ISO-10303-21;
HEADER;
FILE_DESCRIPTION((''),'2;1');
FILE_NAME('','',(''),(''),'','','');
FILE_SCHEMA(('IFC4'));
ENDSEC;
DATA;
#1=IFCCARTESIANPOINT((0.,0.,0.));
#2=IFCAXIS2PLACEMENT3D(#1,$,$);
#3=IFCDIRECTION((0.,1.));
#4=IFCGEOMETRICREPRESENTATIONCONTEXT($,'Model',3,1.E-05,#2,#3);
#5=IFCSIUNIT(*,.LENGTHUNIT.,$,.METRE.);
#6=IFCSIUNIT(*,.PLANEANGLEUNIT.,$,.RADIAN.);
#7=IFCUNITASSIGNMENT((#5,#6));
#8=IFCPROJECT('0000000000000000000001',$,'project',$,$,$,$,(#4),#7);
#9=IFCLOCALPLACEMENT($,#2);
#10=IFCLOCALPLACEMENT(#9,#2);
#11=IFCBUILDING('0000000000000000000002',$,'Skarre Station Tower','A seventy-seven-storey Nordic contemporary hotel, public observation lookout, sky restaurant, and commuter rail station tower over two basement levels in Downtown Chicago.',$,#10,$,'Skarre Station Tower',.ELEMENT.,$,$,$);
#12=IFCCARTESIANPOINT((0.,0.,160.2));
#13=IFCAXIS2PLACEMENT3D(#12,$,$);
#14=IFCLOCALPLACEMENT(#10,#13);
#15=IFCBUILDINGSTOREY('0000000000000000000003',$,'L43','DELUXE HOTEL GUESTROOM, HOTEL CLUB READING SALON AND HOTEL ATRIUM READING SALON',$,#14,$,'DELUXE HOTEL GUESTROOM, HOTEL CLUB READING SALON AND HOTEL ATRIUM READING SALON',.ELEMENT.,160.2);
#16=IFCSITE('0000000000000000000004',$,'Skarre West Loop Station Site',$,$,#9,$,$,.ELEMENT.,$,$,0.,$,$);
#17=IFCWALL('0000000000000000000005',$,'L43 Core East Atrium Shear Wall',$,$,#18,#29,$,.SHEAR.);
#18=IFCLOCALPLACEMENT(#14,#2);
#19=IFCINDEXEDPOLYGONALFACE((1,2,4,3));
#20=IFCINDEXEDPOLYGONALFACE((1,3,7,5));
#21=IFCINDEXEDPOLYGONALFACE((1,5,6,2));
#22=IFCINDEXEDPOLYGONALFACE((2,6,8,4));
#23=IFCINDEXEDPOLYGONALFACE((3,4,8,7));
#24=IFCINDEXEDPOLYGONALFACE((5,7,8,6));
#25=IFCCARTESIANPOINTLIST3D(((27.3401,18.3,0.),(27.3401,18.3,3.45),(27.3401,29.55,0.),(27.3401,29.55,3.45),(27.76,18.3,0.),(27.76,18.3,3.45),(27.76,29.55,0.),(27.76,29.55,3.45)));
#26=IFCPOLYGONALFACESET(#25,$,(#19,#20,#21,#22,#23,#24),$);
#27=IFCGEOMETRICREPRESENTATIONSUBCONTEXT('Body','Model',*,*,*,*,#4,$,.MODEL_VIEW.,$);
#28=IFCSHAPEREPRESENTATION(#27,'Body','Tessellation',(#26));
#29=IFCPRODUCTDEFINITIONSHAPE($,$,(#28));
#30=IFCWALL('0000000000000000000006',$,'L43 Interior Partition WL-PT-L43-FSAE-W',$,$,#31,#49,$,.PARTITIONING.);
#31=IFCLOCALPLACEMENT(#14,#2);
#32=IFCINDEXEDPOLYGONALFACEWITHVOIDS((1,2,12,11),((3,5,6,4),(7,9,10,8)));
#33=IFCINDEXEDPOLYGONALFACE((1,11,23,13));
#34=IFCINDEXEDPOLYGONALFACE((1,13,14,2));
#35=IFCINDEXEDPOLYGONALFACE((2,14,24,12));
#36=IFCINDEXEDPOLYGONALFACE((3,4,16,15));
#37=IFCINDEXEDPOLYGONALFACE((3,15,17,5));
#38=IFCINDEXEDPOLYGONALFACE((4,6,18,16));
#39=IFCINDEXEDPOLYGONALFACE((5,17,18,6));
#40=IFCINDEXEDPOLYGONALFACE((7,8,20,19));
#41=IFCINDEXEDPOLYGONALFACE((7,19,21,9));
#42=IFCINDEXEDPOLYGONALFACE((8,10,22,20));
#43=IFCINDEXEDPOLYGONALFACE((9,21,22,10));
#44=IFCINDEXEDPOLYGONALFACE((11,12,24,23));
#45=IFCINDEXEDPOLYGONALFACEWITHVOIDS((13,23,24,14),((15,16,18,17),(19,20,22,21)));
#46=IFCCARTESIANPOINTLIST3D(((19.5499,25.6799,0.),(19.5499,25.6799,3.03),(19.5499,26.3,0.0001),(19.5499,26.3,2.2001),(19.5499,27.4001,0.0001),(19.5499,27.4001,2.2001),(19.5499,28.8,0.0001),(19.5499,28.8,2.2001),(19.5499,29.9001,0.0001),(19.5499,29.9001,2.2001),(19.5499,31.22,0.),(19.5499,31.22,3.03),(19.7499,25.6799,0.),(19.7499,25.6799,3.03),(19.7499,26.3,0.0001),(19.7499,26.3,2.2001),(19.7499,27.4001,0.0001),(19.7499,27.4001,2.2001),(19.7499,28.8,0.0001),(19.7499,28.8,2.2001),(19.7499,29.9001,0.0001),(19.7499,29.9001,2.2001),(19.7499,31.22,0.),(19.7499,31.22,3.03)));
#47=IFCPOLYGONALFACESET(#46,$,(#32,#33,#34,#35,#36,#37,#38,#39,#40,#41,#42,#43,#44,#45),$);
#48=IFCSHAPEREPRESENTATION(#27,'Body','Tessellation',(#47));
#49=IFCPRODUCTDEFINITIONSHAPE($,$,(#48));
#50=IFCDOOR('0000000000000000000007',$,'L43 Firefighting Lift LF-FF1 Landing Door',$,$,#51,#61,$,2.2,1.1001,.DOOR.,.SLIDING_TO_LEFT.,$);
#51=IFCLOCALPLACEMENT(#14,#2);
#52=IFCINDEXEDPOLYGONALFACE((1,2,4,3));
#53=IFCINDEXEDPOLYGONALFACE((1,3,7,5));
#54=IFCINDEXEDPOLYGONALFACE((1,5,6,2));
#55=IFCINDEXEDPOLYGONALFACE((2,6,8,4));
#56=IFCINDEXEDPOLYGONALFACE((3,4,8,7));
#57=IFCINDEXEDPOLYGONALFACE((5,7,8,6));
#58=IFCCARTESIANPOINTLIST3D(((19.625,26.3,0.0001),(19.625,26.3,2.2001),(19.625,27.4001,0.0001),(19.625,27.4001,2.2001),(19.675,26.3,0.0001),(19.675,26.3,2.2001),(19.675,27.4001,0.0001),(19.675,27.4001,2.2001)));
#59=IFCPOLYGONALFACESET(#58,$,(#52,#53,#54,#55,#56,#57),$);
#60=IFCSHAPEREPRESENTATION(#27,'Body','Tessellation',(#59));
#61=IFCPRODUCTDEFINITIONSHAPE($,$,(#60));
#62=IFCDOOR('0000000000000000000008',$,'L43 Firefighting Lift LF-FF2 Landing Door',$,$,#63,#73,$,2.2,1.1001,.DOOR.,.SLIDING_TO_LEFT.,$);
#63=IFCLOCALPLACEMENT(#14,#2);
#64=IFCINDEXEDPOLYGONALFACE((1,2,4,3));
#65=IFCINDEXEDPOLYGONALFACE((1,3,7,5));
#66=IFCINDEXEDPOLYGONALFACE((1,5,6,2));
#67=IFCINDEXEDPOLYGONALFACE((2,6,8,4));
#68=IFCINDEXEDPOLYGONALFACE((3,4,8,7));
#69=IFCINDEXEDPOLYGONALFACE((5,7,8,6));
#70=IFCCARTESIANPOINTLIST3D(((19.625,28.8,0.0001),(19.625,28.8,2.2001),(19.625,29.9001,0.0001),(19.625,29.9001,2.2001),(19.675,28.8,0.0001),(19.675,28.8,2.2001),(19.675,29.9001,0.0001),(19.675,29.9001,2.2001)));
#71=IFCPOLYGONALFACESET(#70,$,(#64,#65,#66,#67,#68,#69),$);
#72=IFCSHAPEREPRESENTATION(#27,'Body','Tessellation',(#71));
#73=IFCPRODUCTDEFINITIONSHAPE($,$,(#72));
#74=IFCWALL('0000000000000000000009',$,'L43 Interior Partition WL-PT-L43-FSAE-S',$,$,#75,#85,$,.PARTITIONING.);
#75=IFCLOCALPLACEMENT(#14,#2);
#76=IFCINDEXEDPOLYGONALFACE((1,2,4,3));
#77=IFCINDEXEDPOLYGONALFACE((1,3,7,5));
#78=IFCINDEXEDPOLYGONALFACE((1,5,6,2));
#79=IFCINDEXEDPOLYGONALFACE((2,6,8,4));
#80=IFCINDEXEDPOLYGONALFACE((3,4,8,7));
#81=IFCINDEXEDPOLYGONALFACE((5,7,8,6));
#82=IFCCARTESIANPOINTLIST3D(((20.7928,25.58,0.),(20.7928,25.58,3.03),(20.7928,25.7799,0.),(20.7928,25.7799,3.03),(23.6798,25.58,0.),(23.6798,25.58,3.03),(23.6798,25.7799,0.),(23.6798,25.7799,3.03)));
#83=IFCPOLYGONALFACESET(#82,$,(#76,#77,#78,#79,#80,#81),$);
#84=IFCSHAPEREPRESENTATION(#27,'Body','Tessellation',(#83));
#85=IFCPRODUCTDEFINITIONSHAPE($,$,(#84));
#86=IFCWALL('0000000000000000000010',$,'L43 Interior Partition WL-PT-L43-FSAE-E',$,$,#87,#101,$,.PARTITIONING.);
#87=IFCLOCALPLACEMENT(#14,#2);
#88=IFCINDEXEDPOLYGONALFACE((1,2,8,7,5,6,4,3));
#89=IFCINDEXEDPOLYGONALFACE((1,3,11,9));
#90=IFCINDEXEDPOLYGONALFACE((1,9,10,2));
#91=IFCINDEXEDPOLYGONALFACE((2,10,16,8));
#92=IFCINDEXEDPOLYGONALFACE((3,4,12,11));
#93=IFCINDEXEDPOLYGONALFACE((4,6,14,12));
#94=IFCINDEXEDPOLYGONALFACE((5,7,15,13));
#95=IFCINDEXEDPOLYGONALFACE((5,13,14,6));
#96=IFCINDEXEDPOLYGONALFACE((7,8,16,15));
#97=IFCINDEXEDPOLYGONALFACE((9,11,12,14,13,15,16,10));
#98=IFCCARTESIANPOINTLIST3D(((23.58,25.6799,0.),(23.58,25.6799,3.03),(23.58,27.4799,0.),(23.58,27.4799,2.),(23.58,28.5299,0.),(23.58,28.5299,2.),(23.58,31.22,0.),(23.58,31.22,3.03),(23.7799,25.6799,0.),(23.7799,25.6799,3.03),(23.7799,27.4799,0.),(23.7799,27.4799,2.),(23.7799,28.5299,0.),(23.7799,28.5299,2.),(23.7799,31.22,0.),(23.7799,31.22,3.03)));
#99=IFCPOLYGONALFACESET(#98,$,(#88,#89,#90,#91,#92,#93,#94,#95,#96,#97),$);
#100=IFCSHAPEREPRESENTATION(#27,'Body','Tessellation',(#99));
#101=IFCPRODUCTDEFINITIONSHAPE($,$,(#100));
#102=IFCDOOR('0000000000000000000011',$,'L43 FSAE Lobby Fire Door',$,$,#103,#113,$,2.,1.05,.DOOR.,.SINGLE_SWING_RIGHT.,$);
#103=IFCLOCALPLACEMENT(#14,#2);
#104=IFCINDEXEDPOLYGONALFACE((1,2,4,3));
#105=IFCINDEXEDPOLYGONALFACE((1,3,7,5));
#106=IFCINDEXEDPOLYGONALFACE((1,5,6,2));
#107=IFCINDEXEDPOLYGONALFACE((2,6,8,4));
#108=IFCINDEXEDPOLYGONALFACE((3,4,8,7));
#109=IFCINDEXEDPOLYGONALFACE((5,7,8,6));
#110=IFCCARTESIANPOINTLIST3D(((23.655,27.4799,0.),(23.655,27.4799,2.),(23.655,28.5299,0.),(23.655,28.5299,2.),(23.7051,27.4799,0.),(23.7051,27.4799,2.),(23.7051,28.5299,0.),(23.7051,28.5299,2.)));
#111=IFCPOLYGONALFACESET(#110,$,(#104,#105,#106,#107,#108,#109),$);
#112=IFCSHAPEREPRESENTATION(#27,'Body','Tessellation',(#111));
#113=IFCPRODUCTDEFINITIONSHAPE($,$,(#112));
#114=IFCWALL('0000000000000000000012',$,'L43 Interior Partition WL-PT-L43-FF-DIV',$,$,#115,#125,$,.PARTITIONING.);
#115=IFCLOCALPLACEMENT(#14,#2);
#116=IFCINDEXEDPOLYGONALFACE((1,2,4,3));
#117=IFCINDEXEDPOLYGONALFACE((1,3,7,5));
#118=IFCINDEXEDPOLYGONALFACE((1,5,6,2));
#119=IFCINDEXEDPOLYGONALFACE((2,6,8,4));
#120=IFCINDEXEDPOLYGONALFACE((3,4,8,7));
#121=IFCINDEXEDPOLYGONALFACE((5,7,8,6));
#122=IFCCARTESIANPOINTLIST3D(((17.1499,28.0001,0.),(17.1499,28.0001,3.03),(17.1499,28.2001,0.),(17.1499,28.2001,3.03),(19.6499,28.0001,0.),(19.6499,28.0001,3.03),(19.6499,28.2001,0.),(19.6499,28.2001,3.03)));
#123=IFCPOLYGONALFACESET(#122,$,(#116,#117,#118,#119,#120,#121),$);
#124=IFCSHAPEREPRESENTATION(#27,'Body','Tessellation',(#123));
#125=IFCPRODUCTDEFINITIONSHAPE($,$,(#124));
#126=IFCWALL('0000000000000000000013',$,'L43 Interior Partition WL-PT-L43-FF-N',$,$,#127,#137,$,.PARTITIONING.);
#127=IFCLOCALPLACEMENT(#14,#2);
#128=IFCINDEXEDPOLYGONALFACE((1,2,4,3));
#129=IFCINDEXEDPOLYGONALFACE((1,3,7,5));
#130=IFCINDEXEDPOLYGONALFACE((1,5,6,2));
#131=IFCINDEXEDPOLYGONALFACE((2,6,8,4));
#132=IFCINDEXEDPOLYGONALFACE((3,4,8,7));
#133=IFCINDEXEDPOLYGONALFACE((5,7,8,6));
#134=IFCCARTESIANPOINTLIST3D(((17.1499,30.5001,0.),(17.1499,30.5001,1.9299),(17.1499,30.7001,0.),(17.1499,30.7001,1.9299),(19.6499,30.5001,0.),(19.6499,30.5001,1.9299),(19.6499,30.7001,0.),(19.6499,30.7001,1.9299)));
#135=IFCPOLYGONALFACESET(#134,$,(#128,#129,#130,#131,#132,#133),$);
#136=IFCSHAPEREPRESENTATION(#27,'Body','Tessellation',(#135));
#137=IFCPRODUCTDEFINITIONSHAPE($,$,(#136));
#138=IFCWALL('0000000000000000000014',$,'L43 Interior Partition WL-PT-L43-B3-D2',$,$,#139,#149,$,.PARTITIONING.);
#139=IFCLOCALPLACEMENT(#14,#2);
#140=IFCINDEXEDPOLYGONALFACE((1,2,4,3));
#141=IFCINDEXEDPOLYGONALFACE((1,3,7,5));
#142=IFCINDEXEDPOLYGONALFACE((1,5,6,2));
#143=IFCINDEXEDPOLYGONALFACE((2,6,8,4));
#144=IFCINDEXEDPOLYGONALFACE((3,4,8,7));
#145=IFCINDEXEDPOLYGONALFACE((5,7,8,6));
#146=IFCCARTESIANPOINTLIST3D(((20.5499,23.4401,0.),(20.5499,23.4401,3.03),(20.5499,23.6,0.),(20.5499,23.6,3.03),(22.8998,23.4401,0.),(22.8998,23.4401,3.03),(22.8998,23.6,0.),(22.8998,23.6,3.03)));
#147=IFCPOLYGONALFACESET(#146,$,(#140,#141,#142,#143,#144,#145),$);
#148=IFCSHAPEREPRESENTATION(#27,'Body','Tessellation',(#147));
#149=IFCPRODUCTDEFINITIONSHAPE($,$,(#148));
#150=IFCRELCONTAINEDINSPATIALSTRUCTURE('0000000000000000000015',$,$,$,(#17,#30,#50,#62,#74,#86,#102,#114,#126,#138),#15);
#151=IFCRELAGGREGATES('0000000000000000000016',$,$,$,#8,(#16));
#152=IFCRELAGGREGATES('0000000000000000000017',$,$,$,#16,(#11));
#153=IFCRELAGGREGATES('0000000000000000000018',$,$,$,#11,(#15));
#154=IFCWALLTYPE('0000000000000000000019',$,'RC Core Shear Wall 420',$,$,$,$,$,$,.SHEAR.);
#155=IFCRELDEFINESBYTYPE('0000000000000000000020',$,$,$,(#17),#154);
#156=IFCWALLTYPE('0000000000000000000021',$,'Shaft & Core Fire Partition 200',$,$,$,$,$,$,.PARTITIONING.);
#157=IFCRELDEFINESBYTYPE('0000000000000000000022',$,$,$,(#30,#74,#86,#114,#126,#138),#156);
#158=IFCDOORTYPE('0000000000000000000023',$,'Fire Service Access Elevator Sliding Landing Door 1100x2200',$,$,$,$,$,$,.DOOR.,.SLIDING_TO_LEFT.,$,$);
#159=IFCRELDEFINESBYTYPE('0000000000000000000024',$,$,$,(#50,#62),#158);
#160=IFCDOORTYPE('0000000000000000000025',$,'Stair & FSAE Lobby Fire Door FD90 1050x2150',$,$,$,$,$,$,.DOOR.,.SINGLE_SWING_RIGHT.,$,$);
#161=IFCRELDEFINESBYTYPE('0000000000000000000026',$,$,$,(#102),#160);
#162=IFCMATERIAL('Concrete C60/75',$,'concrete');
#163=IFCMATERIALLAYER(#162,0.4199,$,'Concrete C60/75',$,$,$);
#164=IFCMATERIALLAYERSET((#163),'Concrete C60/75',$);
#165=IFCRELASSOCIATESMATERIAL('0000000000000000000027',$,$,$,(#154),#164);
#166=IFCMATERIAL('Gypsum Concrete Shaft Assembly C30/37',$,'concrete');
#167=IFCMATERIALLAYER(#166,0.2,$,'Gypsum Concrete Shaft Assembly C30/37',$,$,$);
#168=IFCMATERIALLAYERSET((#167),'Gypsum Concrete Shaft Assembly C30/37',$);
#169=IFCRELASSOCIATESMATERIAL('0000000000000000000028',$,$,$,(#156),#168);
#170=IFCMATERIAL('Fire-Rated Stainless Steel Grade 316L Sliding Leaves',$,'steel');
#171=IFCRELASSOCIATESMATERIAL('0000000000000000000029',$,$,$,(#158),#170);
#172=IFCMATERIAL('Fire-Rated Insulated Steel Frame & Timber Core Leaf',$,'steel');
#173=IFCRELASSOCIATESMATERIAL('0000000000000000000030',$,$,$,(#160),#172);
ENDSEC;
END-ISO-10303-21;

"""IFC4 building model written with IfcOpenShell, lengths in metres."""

from ifc_helpers import new_model, si_unit, direction, frame, frame_2d, origin, place, context, subcontext, project, spatial, rectangle, extrude, material, layer, layer_set, type_object, element, fill, save


model = new_model("IFC4")

# Units and contexts
model_context = context("Model", 3, precision=1e-05, world=origin(), true_north=direction((0.0, 1.0)))
body_context = subcontext(model_context, "Body", "Model", "MODEL_VIEW")
ifc_project = project(units=[si_unit("LENGTHUNIT", "METRE"), si_unit("PLANEANGLEUNIT", "RADIAN")], contexts=[model_context])

# Site, building, storey
site_placement = place(None, origin())
site = spatial("IfcSite", under=ifc_project, at=site_placement, Name="Skarre West Loop Station Site", CompositionType="ELEMENT", RefElevation=0.0)
building_placement = place(site_placement, origin())
building = spatial("IfcBuilding", under=site, at=building_placement, Name="Skarre Station Tower", Description="A seventy-seven-storey Nordic contemporary hotel, public observation lookout, sky restaurant, and commuter rail station tower over two basement levels in Downtown Chicago.", LongName="Skarre Station Tower", CompositionType="ELEMENT")
storey_placement = place(building_placement, frame((0.0, 0.0, 160.2)))
storey = spatial("IfcBuildingStorey", under=building, at=storey_placement, Name="L43", Description="DELUXE HOTEL GUESTROOM, HOTEL CLUB READING SALON AND HOTEL ATRIUM READING SALON", LongName="DELUXE HOTEL GUESTROOM, HOTEL CLUB READING SALON AND HOTEL ATRIUM READING SALON", CompositionType="ELEMENT", Elevation=160.2)

# Shared definitions
ifc_material_1 = material(Name="Concrete C60/75", Category="concrete")

# Wall
ifc_layer_1 = layer(ifc_material_1, 0.4199, Name="Concrete C60/75")
ifc_layer_set_1 = layer_set([ifc_layer_1], Name="Concrete C60/75")
wall_type_1 = type_object("IfcWallType", Name="RC Core Shear Wall 420", PredefinedType="SHEAR", material=ifc_layer_set_1)
wall_1_placement = place(storey_placement, frame((27.55, 29.55, 0.0), z_axis=(0.0, 0.0, 1.0), x_axis=(0.0, -1.0, 0.0)))
element("IfcWall", 1, at=wall_1_placement, inside=storey, type_object=wall_type_1, Name="L43 Core East Atrium Shear Wall", PredefinedType="SHEAR", context=body_context, shape_type="SweptSolid", body=[
    extrude(rectangle(XDim=11.25, YDim=0.4199, at=frame_2d((5.625, 0.0))), origin(), (0.0, 0.0, 1.0), 3.45),
])

# Wall, openings, doors
ifc_material_2 = material(Name="Gypsum Concrete Shaft Assembly C30/37", Category="concrete")
ifc_layer_2 = layer(ifc_material_2, 0.2, Name="Gypsum Concrete Shaft Assembly C30/37")
ifc_layer_set_2 = layer_set([ifc_layer_2], Name="Gypsum Concrete Shaft Assembly C30/37")
wall_type_2 = type_object("IfcWallType", Name="Shaft & Core Fire Partition 200", PredefinedType="PARTITIONING", material=ifc_layer_set_2)
wall_2_placement = place(storey_placement, frame((19.6499, 25.6799, 0.0), z_axis=(0.0, 0.0, 1.0), x_axis=(0.0, 1.0, 0.0)))
wall_2 = element("IfcWall", 2, at=wall_2_placement, inside=storey, type_object=wall_type_2, Name="L43 Interior Partition WL-PT-L43-FSAE-W", PredefinedType="PARTITIONING", context=body_context, shape_type="SweptSolid", body=[
    extrude(rectangle(XDim=5.54, YDim=0.2, at=frame_2d((2.77, 0.0))), origin(), (0.0, 0.0, 1.0), 3.03),
])
opening_1_placement = place(wall_2_placement, frame((0.6201, 0.0, 0.0)))
opening_1 = element("IfcOpeningElement", 3, at=opening_1_placement, cuts=wall_2, PredefinedType="OPENING", context=body_context, shape_type="SweptSolid", body=[
    extrude(rectangle(XDim=1.1001, YDim=2.2, at=frame_2d((0.55, 1.1001))), frame((0.0, 0.1099, 0.0), z_axis=(0.0, -1.0, 0.0), x_axis=(1.0, 0.0, 0.0)), (0.0, 0.0, 1.0), 0.22),
])
opening_2_placement = place(wall_2_placement, frame((3.1201, 0.0, 0.0)))
opening_2 = element("IfcOpeningElement", 4, at=opening_2_placement, cuts=wall_2, PredefinedType="OPENING", context=body_context, shape_type="SweptSolid", body=[
    extrude(rectangle(XDim=1.1001, YDim=2.2, at=frame_2d((0.55, 1.1001))), frame((0.0, 0.1099, 0.0), z_axis=(0.0, -1.0, 0.0), x_axis=(1.0, 0.0, 0.0)), (0.0, 0.0, 1.0), 0.22),
])
ifc_material_3 = material(Name="Fire-Rated Stainless Steel Grade 316L Sliding Leaves", Category="steel")
door_type_1 = type_object("IfcDoorType", Name="Fire Service Access Elevator Sliding Landing Door 1100x2200", OperationType="SLIDING_TO_LEFT", PredefinedType="DOOR", material=ifc_material_3)
door_1_placement = place(opening_1_placement, origin())
door_1 = element("IfcDoor", 5, at=door_1_placement, inside=storey, type_object=door_type_1, Name="L43 Firefighting Lift LF-FF1 Landing Door", OperationType="SLIDING_TO_LEFT", OverallHeight=2.2, OverallWidth=1.1001, PredefinedType="DOOR", context=body_context, shape_type="SweptSolid", body=[
    extrude(rectangle(XDim=1.1001, YDim=2.2, at=frame_2d((0.55, 1.1001))), frame((0.0, 0.0249, 0.0), z_axis=(0.0, -1.0, 0.0), x_axis=(1.0, 0.0, 0.0)), (0.0, 0.0, 1.0), 0.05),
])
fill(opening_1, door_1)
door_2_placement = place(opening_2_placement, origin())
door_2 = element("IfcDoor", 6, at=door_2_placement, inside=storey, type_object=door_type_1, Name="L43 Firefighting Lift LF-FF2 Landing Door", OperationType="SLIDING_TO_LEFT", OverallHeight=2.2, OverallWidth=1.1001, PredefinedType="DOOR", context=body_context, shape_type="SweptSolid", body=[
    extrude(rectangle(XDim=1.1001, YDim=2.2, at=frame_2d((0.55, 1.1001))), frame((0.0, 0.0249, 0.0), z_axis=(0.0, -1.0, 0.0), x_axis=(1.0, 0.0, 0.0)), (0.0, 0.0, 1.0), 0.05),
])
fill(opening_2, door_2)

# Wall
wall_3_placement = place(storey_placement, frame((20.793, 25.6799, 0.0), z_axis=(0.0, 0.0, 1.0), x_axis=(1.0, 0.0, 0.0)))
element("IfcWall", 7, at=wall_3_placement, inside=storey, type_object=wall_type_2, Name="L43 Interior Partition WL-PT-L43-FSAE-S", PredefinedType="PARTITIONING", context=body_context, shape_type="SweptSolid", body=[
    extrude(rectangle(XDim=2.887, YDim=0.2, at=frame_2d((1.4434, 0.0))), origin(), (0.0, 0.0, 1.0), 3.03),
])

# Wall, opening, door
wall_4_placement = place(storey_placement, frame((23.6799, 25.6799, 0.0), z_axis=(0.0, 0.0, 1.0), x_axis=(0.0, 1.0, 0.0)))
wall_4 = element("IfcWall", 8, at=wall_4_placement, inside=storey, type_object=wall_type_2, Name="L43 Interior Partition WL-PT-L43-FSAE-E", PredefinedType="PARTITIONING", context=body_context, shape_type="SweptSolid", body=[
    extrude(rectangle(XDim=5.54, YDim=0.2, at=frame_2d((2.77, 0.0))), origin(), (0.0, 0.0, 1.0), 3.03),
])
opening_3_placement = place(wall_4_placement, frame((1.8, 0.0, 0.0)))
opening_3 = element("IfcOpeningElement", 9, at=opening_3_placement, cuts=wall_4, PredefinedType="OPENING", context=body_context, shape_type="SweptSolid", body=[
    extrude(rectangle(XDim=1.05, YDim=2.0, at=frame_2d((0.5249, 1.0))), frame((0.0, 0.1099, 0.0), z_axis=(0.0, -1.0, 0.0), x_axis=(1.0, 0.0, 0.0)), (0.0, 0.0, 1.0), 0.22),
])
ifc_material_4 = material(Name="Fire-Rated Insulated Steel Frame & Timber Core Leaf", Category="steel")
door_type_2 = type_object("IfcDoorType", Name="Stair & FSAE Lobby Fire Door FD90 1050x2150", OperationType="SINGLE_SWING_RIGHT", PredefinedType="DOOR", material=ifc_material_4)
door_3_placement = place(opening_3_placement, origin())
door_3 = element("IfcDoor", 10, at=door_3_placement, inside=storey, type_object=door_type_2, Name="L43 FSAE Lobby Fire Door", OperationType="SINGLE_SWING_RIGHT", OverallHeight=2.0, OverallWidth=1.05, PredefinedType="DOOR", context=body_context, shape_type="SweptSolid", body=[
    extrude(rectangle(XDim=1.05, YDim=2.0, at=frame_2d((0.5249, 1.0))), frame((0.0, 0.0249, 0.0), z_axis=(0.0, -1.0, 0.0), x_axis=(1.0, 0.0, 0.0)), (0.0, 0.0, 1.0), 0.05),
])
fill(opening_3, door_3)

# Walls
wall_5_placement = place(storey_placement, frame((17.1499, 28.1001, 0.0), z_axis=(0.0, 0.0, 1.0), x_axis=(1.0, 0.0, 0.0)))
element("IfcWall", 11, at=wall_5_placement, inside=storey, type_object=wall_type_2, Name="L43 Interior Partition WL-PT-L43-FF-DIV", PredefinedType="PARTITIONING", context=body_context, shape_type="SweptSolid", body=[
    extrude(rectangle(XDim=2.5, YDim=0.2, at=frame_2d((1.25, 0.0))), origin(), (0.0, 0.0, 1.0), 3.03),
])
wall_6_placement = place(storey_placement, frame((19.6499, 30.6001, 0.0), z_axis=(0.0, 0.0, 1.0), x_axis=(-1.0, 0.0, 0.0)))
element("IfcWall", 12, at=wall_6_placement, inside=storey, type_object=wall_type_2, Name="L43 Interior Partition WL-PT-L43-FF-N", PredefinedType="PARTITIONING", context=body_context, shape_type="SweptSolid", body=[
    extrude(rectangle(XDim=2.5, YDim=0.2, at=frame_2d((1.25, 0.0))), origin(), (0.0, 0.0, 1.0), 1.9299),
])
wall_7_placement = place(storey_placement, frame((20.55, 23.52, 0.0), z_axis=(0.0, 0.0, 1.0), x_axis=(1.0, 0.0, 0.0)))
element("IfcWall", 13, at=wall_7_placement, inside=storey, type_object=wall_type_2, Name="L43 Interior Partition WL-PT-L43-B3-D2", PredefinedType="PARTITIONING", context=body_context, shape_type="SweptSolid", body=[
    extrude(rectangle(XDim=2.3499, YDim=0.1599, at=frame_2d((1.1748, 0.0))), origin(), (0.0, 0.0, 1.0), 3.03),
])

save(model, "model.ifc")
